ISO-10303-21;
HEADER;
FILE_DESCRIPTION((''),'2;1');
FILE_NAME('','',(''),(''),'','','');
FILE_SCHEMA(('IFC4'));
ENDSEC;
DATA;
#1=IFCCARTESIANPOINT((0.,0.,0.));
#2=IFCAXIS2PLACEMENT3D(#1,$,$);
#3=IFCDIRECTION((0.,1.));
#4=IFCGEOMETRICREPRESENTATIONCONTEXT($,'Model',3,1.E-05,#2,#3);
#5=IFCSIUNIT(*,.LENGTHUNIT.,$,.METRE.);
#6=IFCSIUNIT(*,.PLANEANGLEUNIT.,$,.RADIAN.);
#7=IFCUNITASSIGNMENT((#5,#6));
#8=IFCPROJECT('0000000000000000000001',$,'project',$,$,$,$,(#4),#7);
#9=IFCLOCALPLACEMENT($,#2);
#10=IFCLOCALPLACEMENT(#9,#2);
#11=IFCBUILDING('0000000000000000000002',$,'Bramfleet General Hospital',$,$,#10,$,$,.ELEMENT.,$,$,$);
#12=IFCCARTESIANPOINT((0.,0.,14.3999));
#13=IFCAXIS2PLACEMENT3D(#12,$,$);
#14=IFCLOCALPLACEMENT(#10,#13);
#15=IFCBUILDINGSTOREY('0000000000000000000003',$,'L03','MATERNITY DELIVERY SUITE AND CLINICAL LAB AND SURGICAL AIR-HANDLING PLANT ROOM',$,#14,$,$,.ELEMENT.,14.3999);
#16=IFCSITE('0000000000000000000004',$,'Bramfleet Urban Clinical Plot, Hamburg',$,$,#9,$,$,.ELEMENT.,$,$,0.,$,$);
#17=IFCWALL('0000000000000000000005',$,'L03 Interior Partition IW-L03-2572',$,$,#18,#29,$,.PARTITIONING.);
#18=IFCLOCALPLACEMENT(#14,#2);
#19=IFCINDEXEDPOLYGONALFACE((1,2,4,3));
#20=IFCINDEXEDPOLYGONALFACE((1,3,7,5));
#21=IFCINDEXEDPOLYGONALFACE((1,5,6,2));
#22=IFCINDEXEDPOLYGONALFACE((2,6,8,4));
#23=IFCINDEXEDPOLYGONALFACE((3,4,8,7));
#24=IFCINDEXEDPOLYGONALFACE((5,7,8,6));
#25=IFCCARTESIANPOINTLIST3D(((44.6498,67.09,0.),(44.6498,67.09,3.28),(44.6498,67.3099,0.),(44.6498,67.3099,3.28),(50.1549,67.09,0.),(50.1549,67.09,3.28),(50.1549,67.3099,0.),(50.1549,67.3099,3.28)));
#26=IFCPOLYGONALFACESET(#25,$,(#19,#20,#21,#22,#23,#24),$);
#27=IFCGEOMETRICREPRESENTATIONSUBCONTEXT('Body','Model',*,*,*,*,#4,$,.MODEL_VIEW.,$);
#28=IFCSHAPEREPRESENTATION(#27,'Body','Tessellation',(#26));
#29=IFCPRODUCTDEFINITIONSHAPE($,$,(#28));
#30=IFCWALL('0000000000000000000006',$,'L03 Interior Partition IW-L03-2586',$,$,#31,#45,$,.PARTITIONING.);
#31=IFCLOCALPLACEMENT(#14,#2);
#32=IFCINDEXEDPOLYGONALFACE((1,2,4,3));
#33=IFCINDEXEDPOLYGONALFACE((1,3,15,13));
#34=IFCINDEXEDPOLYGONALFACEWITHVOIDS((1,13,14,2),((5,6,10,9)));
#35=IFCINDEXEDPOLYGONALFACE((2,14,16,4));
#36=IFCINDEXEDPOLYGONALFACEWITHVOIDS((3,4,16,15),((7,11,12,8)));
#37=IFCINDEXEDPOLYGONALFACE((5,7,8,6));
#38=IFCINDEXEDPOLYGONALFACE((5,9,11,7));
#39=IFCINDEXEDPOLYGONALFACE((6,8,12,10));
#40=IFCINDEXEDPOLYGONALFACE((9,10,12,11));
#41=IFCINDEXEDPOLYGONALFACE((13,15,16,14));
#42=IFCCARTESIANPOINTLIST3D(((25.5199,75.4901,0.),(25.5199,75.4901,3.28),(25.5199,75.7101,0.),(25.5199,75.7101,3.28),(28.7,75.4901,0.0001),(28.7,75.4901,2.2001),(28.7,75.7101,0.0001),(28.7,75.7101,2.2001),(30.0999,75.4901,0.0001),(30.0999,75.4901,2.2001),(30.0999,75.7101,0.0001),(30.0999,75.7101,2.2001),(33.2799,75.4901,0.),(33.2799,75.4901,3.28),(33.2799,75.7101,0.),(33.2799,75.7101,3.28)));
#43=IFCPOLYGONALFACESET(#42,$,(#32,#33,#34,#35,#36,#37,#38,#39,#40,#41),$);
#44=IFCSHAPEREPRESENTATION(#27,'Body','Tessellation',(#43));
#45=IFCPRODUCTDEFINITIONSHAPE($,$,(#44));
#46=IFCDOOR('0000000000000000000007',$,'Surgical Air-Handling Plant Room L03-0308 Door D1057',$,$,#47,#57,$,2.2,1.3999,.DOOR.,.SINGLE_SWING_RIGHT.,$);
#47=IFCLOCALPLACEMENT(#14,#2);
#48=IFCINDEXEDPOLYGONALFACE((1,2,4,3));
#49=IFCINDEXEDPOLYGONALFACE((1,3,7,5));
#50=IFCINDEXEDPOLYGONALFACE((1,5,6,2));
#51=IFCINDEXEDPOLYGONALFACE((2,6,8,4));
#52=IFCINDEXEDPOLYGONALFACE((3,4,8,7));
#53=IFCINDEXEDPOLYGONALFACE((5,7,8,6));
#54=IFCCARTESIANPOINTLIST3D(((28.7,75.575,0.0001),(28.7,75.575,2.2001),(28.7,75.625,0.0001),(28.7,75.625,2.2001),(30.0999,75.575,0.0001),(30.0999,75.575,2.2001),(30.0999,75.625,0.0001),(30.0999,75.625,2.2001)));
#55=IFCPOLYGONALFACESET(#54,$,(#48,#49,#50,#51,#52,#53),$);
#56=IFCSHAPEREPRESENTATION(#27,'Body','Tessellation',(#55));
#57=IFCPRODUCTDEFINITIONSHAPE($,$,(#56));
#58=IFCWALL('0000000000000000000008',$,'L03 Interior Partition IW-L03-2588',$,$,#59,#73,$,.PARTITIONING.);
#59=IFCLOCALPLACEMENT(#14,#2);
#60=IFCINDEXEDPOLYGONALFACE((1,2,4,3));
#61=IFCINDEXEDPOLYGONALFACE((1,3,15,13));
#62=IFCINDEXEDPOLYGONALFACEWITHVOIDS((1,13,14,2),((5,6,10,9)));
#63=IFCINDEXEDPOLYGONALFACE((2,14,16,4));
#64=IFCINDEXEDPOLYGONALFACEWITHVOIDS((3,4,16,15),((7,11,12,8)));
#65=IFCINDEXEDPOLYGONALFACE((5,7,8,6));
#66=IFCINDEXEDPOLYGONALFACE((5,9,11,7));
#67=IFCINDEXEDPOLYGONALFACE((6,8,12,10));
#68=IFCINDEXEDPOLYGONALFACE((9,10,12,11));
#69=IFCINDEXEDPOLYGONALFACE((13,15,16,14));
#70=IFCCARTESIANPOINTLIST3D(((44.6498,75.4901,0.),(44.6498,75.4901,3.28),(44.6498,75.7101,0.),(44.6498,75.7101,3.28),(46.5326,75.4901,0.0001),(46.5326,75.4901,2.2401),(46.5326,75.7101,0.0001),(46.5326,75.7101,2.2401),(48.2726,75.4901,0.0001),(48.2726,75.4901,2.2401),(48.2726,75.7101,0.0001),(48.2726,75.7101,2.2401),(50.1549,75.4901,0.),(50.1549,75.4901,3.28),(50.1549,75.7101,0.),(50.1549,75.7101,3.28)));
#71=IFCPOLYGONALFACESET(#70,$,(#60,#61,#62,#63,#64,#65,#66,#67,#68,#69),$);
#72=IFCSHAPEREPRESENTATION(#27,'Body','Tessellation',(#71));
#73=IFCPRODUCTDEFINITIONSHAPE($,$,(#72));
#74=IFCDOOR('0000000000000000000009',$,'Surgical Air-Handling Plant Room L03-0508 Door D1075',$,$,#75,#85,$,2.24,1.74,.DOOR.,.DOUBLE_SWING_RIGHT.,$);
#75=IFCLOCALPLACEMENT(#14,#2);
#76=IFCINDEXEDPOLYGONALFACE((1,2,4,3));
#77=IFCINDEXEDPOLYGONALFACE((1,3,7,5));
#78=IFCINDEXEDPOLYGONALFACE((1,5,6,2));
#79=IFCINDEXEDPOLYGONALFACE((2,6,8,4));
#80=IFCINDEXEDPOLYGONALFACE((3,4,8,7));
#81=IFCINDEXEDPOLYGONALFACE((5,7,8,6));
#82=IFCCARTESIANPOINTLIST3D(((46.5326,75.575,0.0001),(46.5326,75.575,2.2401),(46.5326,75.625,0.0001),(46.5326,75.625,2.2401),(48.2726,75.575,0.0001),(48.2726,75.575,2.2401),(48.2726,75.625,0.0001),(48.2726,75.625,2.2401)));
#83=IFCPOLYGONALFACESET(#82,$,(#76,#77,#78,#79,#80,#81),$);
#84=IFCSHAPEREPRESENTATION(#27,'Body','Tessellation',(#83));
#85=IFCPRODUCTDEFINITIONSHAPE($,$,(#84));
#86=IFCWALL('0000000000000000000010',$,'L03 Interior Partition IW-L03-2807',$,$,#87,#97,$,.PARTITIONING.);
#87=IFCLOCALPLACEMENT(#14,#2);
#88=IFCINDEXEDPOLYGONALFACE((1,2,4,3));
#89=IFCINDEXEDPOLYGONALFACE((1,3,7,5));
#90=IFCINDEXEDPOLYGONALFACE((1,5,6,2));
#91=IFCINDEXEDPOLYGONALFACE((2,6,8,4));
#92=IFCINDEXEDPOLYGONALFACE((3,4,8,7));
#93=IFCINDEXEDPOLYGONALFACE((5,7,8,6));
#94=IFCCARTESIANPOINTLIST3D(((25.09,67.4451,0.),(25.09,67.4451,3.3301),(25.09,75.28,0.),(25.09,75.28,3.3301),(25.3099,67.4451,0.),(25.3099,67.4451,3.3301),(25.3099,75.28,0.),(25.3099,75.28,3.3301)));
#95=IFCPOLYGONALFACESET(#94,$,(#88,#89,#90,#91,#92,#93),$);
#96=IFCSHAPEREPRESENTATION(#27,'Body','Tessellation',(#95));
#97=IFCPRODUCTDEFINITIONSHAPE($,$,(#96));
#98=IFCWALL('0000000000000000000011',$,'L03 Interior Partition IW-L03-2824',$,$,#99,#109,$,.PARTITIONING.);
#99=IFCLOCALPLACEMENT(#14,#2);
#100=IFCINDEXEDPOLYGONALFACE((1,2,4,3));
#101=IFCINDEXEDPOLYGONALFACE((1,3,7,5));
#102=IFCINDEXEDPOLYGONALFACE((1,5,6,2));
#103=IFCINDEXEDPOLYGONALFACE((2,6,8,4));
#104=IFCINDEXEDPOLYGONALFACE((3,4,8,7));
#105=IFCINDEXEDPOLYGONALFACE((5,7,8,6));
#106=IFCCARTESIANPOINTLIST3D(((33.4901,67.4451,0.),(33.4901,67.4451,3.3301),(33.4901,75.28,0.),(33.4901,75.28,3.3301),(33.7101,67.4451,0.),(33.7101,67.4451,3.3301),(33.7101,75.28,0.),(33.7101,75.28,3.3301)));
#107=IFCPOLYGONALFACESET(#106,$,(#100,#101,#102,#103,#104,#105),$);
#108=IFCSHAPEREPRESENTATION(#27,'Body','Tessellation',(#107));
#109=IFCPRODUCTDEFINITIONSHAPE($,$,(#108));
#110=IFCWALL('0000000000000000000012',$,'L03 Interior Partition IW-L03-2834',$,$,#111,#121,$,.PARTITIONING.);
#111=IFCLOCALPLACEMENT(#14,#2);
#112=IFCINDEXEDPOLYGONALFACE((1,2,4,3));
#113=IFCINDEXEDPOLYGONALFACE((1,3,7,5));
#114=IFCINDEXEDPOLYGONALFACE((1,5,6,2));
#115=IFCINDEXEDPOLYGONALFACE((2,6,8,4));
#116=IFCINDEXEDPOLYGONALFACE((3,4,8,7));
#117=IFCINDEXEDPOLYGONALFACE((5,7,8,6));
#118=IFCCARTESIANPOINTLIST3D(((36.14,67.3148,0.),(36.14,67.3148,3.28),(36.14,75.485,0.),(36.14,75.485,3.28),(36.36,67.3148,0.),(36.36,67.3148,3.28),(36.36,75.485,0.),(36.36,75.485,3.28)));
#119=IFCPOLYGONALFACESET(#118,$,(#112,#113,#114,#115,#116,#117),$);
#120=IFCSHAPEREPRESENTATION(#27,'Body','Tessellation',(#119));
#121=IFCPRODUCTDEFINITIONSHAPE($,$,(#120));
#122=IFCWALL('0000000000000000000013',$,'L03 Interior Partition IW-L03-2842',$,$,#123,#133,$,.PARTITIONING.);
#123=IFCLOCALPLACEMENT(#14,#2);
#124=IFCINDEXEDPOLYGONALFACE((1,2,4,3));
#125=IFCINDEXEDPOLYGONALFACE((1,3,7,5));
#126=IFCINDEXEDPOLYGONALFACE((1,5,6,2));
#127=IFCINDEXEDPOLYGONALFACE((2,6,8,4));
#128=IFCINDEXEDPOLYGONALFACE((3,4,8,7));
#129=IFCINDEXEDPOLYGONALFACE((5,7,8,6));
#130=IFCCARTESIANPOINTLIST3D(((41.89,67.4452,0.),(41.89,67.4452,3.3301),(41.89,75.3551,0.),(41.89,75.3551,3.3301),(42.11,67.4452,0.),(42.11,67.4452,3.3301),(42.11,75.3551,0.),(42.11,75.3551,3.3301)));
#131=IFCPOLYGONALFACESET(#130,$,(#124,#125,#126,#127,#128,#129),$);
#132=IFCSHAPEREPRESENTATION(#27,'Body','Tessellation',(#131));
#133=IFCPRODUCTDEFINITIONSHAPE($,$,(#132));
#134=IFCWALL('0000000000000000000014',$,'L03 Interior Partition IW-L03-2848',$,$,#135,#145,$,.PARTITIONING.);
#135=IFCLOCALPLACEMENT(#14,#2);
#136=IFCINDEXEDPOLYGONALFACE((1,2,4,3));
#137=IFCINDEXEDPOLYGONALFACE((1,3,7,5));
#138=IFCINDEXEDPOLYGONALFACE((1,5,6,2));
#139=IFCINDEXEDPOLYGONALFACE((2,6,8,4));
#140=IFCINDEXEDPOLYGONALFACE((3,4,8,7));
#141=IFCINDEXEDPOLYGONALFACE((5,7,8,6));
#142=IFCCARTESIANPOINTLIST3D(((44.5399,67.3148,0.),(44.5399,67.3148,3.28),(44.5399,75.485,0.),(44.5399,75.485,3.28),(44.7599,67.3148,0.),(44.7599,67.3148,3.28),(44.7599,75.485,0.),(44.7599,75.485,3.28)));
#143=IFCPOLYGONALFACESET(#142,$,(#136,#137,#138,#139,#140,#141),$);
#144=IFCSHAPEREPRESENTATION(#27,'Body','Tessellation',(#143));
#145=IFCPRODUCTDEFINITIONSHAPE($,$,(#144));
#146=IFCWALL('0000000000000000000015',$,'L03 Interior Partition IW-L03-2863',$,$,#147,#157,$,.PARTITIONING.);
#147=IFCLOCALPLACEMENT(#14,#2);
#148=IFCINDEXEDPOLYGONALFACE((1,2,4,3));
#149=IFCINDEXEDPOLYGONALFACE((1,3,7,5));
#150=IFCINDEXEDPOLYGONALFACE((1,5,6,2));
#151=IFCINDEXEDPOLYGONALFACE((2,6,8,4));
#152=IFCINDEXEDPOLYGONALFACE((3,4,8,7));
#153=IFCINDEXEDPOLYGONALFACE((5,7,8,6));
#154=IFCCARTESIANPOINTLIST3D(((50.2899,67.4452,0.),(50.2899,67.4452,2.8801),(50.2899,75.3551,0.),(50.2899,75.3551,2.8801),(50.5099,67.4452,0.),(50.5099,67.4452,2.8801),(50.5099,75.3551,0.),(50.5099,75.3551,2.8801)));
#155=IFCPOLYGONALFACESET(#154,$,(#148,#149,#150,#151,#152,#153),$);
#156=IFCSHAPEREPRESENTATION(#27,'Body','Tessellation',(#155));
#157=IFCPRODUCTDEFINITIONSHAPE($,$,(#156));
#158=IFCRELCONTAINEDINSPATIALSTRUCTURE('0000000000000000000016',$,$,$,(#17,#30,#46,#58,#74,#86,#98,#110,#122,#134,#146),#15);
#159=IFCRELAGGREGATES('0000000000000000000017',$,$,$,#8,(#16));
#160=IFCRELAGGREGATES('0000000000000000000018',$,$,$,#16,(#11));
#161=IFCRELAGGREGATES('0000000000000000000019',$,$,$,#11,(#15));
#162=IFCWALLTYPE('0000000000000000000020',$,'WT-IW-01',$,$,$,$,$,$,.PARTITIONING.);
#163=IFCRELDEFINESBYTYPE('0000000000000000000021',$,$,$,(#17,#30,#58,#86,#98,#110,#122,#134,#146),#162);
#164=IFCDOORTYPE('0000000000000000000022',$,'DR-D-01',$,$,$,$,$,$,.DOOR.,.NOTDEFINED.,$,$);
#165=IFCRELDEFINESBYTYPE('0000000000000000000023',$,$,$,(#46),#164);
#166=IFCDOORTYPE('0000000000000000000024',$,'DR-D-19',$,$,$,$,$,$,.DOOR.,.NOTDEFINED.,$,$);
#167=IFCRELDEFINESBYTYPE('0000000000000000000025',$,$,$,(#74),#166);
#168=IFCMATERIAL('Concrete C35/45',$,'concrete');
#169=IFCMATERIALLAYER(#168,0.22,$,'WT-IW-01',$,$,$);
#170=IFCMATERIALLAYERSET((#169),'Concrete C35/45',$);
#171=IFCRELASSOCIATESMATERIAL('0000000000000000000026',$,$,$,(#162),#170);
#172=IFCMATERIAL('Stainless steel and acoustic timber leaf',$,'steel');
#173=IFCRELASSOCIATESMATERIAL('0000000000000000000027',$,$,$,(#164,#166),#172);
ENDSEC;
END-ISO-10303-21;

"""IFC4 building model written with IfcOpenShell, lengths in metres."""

from ifc_helpers import new_model, si_unit, direction, frame, frame_2d, origin, place, context, subcontext, project, spatial, rectangle, extrude, material, layer, layer_set, type_object, element, fill, save


model = new_model("IFC4")

# Units and contexts
model_context = context("Model", 3, precision=1e-05, world=origin(), true_north=direction((0.0, 1.0)))
body_context = subcontext(model_context, "Body", "Model", "MODEL_VIEW")
ifc_project = project(units=[si_unit("LENGTHUNIT", "METRE"), si_unit("PLANEANGLEUNIT", "RADIAN")], contexts=[model_context])

# Site, building, storey
site_placement = place(None, origin())
site = spatial("IfcSite", under=ifc_project, at=site_placement, Name="Bramfleet Urban Clinical Plot, Hamburg", CompositionType="ELEMENT", RefElevation=0.0)
building_placement = place(site_placement, origin())
building = spatial("IfcBuilding", under=site, at=building_placement, Name="Bramfleet General Hospital", CompositionType="ELEMENT")
storey_placement = place(building_placement, frame((0.0, 0.0, 14.3999)))
storey = spatial("IfcBuildingStorey", under=building, at=storey_placement, Name="L03", Description="MATERNITY DELIVERY SUITE AND CLINICAL LAB AND SURGICAL AIR-HANDLING PLANT ROOM", CompositionType="ELEMENT", Elevation=14.3999)

# Shared definitions
ifc_material_1 = material(Name="Concrete C35/45", Category="concrete")

# Wall
ifc_layer_1 = layer(ifc_material_1, 0.22, Name="WT-IW-01")
ifc_layer_set_1 = layer_set([ifc_layer_1], Name="Concrete C35/45")
wall_type = type_object("IfcWallType", Name="WT-IW-01", PredefinedType="PARTITIONING", material=ifc_layer_set_1)
wall_1_placement = place(storey_placement, frame((44.6499, 67.2, 0.0), z_axis=(0.0, 0.0, 1.0), x_axis=(1.0, 0.0, 0.0)))
element("IfcWall", 1, at=wall_1_placement, inside=storey, type_object=wall_type, Name="L03 Interior Partition IW-L03-2572", PredefinedType="PARTITIONING", context=body_context, shape_type="SweptSolid", body=[
    extrude(rectangle(XDim=5.5051, YDim=0.22, at=frame_2d((2.7524, 0.0))), origin(), (0.0, 0.0, 1.0), 3.28),
])

# Walls, openings, doors
wall_2_placement = place(storey_placement, frame((25.52, 75.6001, 0.0), z_axis=(0.0, 0.0, 1.0), x_axis=(1.0, 0.0, 0.0)))
wall_2 = element("IfcWall", 2, at=wall_2_placement, inside=storey, type_object=wall_type, Name="L03 Interior Partition IW-L03-2586", PredefinedType="PARTITIONING", context=body_context, shape_type="SweptSolid", body=[
    extrude(rectangle(XDim=7.76, YDim=0.22, at=frame_2d((3.8799, 0.0))), origin(), (0.0, 0.0, 1.0), 3.28),
])
opening_1_placement = place(wall_2_placement, frame((3.1799, 0.0, 0.0)))
opening_1 = element("IfcOpeningElement", 3, at=opening_1_placement, cuts=wall_2, PredefinedType="OPENING", context=body_context, shape_type="SweptSolid", body=[
    extrude(rectangle(XDim=1.3999, YDim=2.2, at=frame_2d((0.7, 1.1001))), frame((0.0, 0.1199, 0.0), z_axis=(0.0, -1.0, 0.0), x_axis=(1.0, 0.0, 0.0)), (0.0, 0.0, 1.0), 0.24),
])
ifc_material_2 = material(Name="Stainless steel and acoustic timber leaf", Category="steel")
door_type_1 = type_object("IfcDoorType", Name="DR-D-01", OperationType="NOTDEFINED", PredefinedType="DOOR", material=ifc_material_2)
door_1_placement = place(opening_1_placement, origin())
door_1 = element("IfcDoor", 4, at=door_1_placement, inside=storey, type_object=door_type_1, Name="Surgical Air-Handling Plant Room L03-0308 Door D1057", OperationType="SINGLE_SWING_RIGHT", OverallHeight=2.2, OverallWidth=1.3999, PredefinedType="DOOR", context=body_context, shape_type="SweptSolid", body=[
    extrude(rectangle(XDim=1.3999, YDim=2.2, at=frame_2d((0.7, 1.1001))), frame((0.0, 0.0249, 0.0), z_axis=(0.0, -1.0, 0.0), x_axis=(1.0, 0.0, 0.0)), (0.0, 0.0, 1.0), 0.05),
])
fill(opening_1, door_1)
wall_3_placement = place(storey_placement, frame((44.6499, 75.6001, 0.0), z_axis=(0.0, 0.0, 1.0), x_axis=(1.0, 0.0, 0.0)))
wall_3 = element("IfcWall", 5, at=wall_3_placement, inside=storey, type_object=wall_type, Name="L03 Interior Partition IW-L03-2588", PredefinedType="PARTITIONING", context=body_context, shape_type="SweptSolid", body=[
    extrude(rectangle(XDim=5.5051, YDim=0.22, at=frame_2d((2.7524, 0.0))), origin(), (0.0, 0.0, 1.0), 3.28),
])
opening_2_placement = place(wall_3_placement, frame((1.8826, 0.0, 0.0)))
opening_2 = element("IfcOpeningElement", 6, at=opening_2_placement, cuts=wall_3, PredefinedType="OPENING", context=body_context, shape_type="SweptSolid", body=[
    extrude(rectangle(XDim=1.74, YDim=2.24, at=frame_2d((0.8701, 1.1201))), frame((0.0, 0.1199, 0.0), z_axis=(0.0, -1.0, 0.0), x_axis=(1.0, 0.0, 0.0)), (0.0, 0.0, 1.0), 0.24),
])
door_type_2 = type_object("IfcDoorType", Name="DR-D-19", OperationType="NOTDEFINED", PredefinedType="DOOR", material=ifc_material_2)
door_2_placement = place(opening_2_placement, origin())
door_2 = element("IfcDoor", 7, at=door_2_placement, inside=storey, type_object=door_type_2, Name="Surgical Air-Handling Plant Room L03-0508 Door D1075", OperationType="DOUBLE_SWING_RIGHT", OverallHeight=2.24, OverallWidth=1.74, PredefinedType="DOOR", context=body_context, shape_type="SweptSolid", body=[
    extrude(rectangle(XDim=1.74, YDim=2.24, at=frame_2d((0.8701, 1.1201))), frame((0.0, 0.0249, 0.0), z_axis=(0.0, -1.0, 0.0), x_axis=(1.0, 0.0, 0.0)), (0.0, 0.0, 1.0), 0.05),
])
fill(opening_2, door_2)

# Walls
for number, where, z_axis, x_axis, name in (
    (8, (25.2, 67.4451, 0.0), (0.0, 0.0, 1.0), (0.0, 1.0, 0.0), "L03 Interior Partition IW-L03-2807"),
    (9, (33.6001, 67.4451, 0.0), (0.0, 0.0, 1.0), (0.0, 1.0, 0.0), "L03 Interior Partition IW-L03-2824"),
):
    element("IfcWall", number, at=place(storey_placement, frame(where, z_axis=z_axis, x_axis=x_axis)), inside=storey, type_object=wall_type, Name=name, PredefinedType="PARTITIONING", context=body_context, shape_type="SweptSolid", body=[
        extrude(rectangle(XDim=7.835, YDim=0.22, at=frame_2d((3.9175, 0.0))), origin(), (0.0, 0.0, 1.0), 3.3301),
    ])
wall_4_placement = place(storey_placement, frame((36.25, 67.3149, 0.0), z_axis=(0.0, 0.0, 1.0), x_axis=(0.0, 1.0, 0.0)))
element("IfcWall", 10, at=wall_4_placement, inside=storey, type_object=wall_type, Name="L03 Interior Partition IW-L03-2834", PredefinedType="PARTITIONING", context=body_context, shape_type="SweptSolid", body=[
    extrude(rectangle(XDim=8.1702, YDim=0.22, at=frame_2d((4.085, 0.0))), origin(), (0.0, 0.0, 1.0), 3.28),
])
wall_5_placement = place(storey_placement, frame((42.0, 67.4451, 0.0), z_axis=(0.0, 0.0, 1.0), x_axis=(0.0, 1.0, 0.0)))
element("IfcWall", 11, at=wall_5_placement, inside=storey, type_object=wall_type, Name="L03 Interior Partition IW-L03-2842", PredefinedType="PARTITIONING", context=body_context, shape_type="SweptSolid", body=[
    extrude(rectangle(XDim=7.9099, YDim=0.22, at=frame_2d((3.9551, 0.0))), origin(), (0.0, 0.0, 1.0), 3.3301),
])
wall_6_placement = place(storey_placement, frame((44.6499, 67.3149, 0.0), z_axis=(0.0, 0.0, 1.0), x_axis=(0.0, 1.0, 0.0)))
element("IfcWall", 12, at=wall_6_placement, inside=storey, type_object=wall_type, Name="L03 Interior Partition IW-L03-2848", PredefinedType="PARTITIONING", context=body_context, shape_type="SweptSolid", body=[
    extrude(rectangle(XDim=8.1702, YDim=0.22, at=frame_2d((4.085, 0.0))), origin(), (0.0, 0.0, 1.0), 3.28),
])
wall_7_placement = place(storey_placement, frame((50.3999, 67.4451, 0.0), z_axis=(0.0, 0.0, 1.0), x_axis=(0.0, 1.0, 0.0)))
element("IfcWall", 13, at=wall_7_placement, inside=storey, type_object=wall_type, Name="L03 Interior Partition IW-L03-2863", PredefinedType="PARTITIONING", context=body_context, shape_type="SweptSolid", body=[
    extrude(rectangle(XDim=7.9099, YDim=0.22, at=frame_2d((3.9551, 0.0))), origin(), (0.0, 0.0, 1.0), 2.8801),
])

save(model, "model.ifc")
